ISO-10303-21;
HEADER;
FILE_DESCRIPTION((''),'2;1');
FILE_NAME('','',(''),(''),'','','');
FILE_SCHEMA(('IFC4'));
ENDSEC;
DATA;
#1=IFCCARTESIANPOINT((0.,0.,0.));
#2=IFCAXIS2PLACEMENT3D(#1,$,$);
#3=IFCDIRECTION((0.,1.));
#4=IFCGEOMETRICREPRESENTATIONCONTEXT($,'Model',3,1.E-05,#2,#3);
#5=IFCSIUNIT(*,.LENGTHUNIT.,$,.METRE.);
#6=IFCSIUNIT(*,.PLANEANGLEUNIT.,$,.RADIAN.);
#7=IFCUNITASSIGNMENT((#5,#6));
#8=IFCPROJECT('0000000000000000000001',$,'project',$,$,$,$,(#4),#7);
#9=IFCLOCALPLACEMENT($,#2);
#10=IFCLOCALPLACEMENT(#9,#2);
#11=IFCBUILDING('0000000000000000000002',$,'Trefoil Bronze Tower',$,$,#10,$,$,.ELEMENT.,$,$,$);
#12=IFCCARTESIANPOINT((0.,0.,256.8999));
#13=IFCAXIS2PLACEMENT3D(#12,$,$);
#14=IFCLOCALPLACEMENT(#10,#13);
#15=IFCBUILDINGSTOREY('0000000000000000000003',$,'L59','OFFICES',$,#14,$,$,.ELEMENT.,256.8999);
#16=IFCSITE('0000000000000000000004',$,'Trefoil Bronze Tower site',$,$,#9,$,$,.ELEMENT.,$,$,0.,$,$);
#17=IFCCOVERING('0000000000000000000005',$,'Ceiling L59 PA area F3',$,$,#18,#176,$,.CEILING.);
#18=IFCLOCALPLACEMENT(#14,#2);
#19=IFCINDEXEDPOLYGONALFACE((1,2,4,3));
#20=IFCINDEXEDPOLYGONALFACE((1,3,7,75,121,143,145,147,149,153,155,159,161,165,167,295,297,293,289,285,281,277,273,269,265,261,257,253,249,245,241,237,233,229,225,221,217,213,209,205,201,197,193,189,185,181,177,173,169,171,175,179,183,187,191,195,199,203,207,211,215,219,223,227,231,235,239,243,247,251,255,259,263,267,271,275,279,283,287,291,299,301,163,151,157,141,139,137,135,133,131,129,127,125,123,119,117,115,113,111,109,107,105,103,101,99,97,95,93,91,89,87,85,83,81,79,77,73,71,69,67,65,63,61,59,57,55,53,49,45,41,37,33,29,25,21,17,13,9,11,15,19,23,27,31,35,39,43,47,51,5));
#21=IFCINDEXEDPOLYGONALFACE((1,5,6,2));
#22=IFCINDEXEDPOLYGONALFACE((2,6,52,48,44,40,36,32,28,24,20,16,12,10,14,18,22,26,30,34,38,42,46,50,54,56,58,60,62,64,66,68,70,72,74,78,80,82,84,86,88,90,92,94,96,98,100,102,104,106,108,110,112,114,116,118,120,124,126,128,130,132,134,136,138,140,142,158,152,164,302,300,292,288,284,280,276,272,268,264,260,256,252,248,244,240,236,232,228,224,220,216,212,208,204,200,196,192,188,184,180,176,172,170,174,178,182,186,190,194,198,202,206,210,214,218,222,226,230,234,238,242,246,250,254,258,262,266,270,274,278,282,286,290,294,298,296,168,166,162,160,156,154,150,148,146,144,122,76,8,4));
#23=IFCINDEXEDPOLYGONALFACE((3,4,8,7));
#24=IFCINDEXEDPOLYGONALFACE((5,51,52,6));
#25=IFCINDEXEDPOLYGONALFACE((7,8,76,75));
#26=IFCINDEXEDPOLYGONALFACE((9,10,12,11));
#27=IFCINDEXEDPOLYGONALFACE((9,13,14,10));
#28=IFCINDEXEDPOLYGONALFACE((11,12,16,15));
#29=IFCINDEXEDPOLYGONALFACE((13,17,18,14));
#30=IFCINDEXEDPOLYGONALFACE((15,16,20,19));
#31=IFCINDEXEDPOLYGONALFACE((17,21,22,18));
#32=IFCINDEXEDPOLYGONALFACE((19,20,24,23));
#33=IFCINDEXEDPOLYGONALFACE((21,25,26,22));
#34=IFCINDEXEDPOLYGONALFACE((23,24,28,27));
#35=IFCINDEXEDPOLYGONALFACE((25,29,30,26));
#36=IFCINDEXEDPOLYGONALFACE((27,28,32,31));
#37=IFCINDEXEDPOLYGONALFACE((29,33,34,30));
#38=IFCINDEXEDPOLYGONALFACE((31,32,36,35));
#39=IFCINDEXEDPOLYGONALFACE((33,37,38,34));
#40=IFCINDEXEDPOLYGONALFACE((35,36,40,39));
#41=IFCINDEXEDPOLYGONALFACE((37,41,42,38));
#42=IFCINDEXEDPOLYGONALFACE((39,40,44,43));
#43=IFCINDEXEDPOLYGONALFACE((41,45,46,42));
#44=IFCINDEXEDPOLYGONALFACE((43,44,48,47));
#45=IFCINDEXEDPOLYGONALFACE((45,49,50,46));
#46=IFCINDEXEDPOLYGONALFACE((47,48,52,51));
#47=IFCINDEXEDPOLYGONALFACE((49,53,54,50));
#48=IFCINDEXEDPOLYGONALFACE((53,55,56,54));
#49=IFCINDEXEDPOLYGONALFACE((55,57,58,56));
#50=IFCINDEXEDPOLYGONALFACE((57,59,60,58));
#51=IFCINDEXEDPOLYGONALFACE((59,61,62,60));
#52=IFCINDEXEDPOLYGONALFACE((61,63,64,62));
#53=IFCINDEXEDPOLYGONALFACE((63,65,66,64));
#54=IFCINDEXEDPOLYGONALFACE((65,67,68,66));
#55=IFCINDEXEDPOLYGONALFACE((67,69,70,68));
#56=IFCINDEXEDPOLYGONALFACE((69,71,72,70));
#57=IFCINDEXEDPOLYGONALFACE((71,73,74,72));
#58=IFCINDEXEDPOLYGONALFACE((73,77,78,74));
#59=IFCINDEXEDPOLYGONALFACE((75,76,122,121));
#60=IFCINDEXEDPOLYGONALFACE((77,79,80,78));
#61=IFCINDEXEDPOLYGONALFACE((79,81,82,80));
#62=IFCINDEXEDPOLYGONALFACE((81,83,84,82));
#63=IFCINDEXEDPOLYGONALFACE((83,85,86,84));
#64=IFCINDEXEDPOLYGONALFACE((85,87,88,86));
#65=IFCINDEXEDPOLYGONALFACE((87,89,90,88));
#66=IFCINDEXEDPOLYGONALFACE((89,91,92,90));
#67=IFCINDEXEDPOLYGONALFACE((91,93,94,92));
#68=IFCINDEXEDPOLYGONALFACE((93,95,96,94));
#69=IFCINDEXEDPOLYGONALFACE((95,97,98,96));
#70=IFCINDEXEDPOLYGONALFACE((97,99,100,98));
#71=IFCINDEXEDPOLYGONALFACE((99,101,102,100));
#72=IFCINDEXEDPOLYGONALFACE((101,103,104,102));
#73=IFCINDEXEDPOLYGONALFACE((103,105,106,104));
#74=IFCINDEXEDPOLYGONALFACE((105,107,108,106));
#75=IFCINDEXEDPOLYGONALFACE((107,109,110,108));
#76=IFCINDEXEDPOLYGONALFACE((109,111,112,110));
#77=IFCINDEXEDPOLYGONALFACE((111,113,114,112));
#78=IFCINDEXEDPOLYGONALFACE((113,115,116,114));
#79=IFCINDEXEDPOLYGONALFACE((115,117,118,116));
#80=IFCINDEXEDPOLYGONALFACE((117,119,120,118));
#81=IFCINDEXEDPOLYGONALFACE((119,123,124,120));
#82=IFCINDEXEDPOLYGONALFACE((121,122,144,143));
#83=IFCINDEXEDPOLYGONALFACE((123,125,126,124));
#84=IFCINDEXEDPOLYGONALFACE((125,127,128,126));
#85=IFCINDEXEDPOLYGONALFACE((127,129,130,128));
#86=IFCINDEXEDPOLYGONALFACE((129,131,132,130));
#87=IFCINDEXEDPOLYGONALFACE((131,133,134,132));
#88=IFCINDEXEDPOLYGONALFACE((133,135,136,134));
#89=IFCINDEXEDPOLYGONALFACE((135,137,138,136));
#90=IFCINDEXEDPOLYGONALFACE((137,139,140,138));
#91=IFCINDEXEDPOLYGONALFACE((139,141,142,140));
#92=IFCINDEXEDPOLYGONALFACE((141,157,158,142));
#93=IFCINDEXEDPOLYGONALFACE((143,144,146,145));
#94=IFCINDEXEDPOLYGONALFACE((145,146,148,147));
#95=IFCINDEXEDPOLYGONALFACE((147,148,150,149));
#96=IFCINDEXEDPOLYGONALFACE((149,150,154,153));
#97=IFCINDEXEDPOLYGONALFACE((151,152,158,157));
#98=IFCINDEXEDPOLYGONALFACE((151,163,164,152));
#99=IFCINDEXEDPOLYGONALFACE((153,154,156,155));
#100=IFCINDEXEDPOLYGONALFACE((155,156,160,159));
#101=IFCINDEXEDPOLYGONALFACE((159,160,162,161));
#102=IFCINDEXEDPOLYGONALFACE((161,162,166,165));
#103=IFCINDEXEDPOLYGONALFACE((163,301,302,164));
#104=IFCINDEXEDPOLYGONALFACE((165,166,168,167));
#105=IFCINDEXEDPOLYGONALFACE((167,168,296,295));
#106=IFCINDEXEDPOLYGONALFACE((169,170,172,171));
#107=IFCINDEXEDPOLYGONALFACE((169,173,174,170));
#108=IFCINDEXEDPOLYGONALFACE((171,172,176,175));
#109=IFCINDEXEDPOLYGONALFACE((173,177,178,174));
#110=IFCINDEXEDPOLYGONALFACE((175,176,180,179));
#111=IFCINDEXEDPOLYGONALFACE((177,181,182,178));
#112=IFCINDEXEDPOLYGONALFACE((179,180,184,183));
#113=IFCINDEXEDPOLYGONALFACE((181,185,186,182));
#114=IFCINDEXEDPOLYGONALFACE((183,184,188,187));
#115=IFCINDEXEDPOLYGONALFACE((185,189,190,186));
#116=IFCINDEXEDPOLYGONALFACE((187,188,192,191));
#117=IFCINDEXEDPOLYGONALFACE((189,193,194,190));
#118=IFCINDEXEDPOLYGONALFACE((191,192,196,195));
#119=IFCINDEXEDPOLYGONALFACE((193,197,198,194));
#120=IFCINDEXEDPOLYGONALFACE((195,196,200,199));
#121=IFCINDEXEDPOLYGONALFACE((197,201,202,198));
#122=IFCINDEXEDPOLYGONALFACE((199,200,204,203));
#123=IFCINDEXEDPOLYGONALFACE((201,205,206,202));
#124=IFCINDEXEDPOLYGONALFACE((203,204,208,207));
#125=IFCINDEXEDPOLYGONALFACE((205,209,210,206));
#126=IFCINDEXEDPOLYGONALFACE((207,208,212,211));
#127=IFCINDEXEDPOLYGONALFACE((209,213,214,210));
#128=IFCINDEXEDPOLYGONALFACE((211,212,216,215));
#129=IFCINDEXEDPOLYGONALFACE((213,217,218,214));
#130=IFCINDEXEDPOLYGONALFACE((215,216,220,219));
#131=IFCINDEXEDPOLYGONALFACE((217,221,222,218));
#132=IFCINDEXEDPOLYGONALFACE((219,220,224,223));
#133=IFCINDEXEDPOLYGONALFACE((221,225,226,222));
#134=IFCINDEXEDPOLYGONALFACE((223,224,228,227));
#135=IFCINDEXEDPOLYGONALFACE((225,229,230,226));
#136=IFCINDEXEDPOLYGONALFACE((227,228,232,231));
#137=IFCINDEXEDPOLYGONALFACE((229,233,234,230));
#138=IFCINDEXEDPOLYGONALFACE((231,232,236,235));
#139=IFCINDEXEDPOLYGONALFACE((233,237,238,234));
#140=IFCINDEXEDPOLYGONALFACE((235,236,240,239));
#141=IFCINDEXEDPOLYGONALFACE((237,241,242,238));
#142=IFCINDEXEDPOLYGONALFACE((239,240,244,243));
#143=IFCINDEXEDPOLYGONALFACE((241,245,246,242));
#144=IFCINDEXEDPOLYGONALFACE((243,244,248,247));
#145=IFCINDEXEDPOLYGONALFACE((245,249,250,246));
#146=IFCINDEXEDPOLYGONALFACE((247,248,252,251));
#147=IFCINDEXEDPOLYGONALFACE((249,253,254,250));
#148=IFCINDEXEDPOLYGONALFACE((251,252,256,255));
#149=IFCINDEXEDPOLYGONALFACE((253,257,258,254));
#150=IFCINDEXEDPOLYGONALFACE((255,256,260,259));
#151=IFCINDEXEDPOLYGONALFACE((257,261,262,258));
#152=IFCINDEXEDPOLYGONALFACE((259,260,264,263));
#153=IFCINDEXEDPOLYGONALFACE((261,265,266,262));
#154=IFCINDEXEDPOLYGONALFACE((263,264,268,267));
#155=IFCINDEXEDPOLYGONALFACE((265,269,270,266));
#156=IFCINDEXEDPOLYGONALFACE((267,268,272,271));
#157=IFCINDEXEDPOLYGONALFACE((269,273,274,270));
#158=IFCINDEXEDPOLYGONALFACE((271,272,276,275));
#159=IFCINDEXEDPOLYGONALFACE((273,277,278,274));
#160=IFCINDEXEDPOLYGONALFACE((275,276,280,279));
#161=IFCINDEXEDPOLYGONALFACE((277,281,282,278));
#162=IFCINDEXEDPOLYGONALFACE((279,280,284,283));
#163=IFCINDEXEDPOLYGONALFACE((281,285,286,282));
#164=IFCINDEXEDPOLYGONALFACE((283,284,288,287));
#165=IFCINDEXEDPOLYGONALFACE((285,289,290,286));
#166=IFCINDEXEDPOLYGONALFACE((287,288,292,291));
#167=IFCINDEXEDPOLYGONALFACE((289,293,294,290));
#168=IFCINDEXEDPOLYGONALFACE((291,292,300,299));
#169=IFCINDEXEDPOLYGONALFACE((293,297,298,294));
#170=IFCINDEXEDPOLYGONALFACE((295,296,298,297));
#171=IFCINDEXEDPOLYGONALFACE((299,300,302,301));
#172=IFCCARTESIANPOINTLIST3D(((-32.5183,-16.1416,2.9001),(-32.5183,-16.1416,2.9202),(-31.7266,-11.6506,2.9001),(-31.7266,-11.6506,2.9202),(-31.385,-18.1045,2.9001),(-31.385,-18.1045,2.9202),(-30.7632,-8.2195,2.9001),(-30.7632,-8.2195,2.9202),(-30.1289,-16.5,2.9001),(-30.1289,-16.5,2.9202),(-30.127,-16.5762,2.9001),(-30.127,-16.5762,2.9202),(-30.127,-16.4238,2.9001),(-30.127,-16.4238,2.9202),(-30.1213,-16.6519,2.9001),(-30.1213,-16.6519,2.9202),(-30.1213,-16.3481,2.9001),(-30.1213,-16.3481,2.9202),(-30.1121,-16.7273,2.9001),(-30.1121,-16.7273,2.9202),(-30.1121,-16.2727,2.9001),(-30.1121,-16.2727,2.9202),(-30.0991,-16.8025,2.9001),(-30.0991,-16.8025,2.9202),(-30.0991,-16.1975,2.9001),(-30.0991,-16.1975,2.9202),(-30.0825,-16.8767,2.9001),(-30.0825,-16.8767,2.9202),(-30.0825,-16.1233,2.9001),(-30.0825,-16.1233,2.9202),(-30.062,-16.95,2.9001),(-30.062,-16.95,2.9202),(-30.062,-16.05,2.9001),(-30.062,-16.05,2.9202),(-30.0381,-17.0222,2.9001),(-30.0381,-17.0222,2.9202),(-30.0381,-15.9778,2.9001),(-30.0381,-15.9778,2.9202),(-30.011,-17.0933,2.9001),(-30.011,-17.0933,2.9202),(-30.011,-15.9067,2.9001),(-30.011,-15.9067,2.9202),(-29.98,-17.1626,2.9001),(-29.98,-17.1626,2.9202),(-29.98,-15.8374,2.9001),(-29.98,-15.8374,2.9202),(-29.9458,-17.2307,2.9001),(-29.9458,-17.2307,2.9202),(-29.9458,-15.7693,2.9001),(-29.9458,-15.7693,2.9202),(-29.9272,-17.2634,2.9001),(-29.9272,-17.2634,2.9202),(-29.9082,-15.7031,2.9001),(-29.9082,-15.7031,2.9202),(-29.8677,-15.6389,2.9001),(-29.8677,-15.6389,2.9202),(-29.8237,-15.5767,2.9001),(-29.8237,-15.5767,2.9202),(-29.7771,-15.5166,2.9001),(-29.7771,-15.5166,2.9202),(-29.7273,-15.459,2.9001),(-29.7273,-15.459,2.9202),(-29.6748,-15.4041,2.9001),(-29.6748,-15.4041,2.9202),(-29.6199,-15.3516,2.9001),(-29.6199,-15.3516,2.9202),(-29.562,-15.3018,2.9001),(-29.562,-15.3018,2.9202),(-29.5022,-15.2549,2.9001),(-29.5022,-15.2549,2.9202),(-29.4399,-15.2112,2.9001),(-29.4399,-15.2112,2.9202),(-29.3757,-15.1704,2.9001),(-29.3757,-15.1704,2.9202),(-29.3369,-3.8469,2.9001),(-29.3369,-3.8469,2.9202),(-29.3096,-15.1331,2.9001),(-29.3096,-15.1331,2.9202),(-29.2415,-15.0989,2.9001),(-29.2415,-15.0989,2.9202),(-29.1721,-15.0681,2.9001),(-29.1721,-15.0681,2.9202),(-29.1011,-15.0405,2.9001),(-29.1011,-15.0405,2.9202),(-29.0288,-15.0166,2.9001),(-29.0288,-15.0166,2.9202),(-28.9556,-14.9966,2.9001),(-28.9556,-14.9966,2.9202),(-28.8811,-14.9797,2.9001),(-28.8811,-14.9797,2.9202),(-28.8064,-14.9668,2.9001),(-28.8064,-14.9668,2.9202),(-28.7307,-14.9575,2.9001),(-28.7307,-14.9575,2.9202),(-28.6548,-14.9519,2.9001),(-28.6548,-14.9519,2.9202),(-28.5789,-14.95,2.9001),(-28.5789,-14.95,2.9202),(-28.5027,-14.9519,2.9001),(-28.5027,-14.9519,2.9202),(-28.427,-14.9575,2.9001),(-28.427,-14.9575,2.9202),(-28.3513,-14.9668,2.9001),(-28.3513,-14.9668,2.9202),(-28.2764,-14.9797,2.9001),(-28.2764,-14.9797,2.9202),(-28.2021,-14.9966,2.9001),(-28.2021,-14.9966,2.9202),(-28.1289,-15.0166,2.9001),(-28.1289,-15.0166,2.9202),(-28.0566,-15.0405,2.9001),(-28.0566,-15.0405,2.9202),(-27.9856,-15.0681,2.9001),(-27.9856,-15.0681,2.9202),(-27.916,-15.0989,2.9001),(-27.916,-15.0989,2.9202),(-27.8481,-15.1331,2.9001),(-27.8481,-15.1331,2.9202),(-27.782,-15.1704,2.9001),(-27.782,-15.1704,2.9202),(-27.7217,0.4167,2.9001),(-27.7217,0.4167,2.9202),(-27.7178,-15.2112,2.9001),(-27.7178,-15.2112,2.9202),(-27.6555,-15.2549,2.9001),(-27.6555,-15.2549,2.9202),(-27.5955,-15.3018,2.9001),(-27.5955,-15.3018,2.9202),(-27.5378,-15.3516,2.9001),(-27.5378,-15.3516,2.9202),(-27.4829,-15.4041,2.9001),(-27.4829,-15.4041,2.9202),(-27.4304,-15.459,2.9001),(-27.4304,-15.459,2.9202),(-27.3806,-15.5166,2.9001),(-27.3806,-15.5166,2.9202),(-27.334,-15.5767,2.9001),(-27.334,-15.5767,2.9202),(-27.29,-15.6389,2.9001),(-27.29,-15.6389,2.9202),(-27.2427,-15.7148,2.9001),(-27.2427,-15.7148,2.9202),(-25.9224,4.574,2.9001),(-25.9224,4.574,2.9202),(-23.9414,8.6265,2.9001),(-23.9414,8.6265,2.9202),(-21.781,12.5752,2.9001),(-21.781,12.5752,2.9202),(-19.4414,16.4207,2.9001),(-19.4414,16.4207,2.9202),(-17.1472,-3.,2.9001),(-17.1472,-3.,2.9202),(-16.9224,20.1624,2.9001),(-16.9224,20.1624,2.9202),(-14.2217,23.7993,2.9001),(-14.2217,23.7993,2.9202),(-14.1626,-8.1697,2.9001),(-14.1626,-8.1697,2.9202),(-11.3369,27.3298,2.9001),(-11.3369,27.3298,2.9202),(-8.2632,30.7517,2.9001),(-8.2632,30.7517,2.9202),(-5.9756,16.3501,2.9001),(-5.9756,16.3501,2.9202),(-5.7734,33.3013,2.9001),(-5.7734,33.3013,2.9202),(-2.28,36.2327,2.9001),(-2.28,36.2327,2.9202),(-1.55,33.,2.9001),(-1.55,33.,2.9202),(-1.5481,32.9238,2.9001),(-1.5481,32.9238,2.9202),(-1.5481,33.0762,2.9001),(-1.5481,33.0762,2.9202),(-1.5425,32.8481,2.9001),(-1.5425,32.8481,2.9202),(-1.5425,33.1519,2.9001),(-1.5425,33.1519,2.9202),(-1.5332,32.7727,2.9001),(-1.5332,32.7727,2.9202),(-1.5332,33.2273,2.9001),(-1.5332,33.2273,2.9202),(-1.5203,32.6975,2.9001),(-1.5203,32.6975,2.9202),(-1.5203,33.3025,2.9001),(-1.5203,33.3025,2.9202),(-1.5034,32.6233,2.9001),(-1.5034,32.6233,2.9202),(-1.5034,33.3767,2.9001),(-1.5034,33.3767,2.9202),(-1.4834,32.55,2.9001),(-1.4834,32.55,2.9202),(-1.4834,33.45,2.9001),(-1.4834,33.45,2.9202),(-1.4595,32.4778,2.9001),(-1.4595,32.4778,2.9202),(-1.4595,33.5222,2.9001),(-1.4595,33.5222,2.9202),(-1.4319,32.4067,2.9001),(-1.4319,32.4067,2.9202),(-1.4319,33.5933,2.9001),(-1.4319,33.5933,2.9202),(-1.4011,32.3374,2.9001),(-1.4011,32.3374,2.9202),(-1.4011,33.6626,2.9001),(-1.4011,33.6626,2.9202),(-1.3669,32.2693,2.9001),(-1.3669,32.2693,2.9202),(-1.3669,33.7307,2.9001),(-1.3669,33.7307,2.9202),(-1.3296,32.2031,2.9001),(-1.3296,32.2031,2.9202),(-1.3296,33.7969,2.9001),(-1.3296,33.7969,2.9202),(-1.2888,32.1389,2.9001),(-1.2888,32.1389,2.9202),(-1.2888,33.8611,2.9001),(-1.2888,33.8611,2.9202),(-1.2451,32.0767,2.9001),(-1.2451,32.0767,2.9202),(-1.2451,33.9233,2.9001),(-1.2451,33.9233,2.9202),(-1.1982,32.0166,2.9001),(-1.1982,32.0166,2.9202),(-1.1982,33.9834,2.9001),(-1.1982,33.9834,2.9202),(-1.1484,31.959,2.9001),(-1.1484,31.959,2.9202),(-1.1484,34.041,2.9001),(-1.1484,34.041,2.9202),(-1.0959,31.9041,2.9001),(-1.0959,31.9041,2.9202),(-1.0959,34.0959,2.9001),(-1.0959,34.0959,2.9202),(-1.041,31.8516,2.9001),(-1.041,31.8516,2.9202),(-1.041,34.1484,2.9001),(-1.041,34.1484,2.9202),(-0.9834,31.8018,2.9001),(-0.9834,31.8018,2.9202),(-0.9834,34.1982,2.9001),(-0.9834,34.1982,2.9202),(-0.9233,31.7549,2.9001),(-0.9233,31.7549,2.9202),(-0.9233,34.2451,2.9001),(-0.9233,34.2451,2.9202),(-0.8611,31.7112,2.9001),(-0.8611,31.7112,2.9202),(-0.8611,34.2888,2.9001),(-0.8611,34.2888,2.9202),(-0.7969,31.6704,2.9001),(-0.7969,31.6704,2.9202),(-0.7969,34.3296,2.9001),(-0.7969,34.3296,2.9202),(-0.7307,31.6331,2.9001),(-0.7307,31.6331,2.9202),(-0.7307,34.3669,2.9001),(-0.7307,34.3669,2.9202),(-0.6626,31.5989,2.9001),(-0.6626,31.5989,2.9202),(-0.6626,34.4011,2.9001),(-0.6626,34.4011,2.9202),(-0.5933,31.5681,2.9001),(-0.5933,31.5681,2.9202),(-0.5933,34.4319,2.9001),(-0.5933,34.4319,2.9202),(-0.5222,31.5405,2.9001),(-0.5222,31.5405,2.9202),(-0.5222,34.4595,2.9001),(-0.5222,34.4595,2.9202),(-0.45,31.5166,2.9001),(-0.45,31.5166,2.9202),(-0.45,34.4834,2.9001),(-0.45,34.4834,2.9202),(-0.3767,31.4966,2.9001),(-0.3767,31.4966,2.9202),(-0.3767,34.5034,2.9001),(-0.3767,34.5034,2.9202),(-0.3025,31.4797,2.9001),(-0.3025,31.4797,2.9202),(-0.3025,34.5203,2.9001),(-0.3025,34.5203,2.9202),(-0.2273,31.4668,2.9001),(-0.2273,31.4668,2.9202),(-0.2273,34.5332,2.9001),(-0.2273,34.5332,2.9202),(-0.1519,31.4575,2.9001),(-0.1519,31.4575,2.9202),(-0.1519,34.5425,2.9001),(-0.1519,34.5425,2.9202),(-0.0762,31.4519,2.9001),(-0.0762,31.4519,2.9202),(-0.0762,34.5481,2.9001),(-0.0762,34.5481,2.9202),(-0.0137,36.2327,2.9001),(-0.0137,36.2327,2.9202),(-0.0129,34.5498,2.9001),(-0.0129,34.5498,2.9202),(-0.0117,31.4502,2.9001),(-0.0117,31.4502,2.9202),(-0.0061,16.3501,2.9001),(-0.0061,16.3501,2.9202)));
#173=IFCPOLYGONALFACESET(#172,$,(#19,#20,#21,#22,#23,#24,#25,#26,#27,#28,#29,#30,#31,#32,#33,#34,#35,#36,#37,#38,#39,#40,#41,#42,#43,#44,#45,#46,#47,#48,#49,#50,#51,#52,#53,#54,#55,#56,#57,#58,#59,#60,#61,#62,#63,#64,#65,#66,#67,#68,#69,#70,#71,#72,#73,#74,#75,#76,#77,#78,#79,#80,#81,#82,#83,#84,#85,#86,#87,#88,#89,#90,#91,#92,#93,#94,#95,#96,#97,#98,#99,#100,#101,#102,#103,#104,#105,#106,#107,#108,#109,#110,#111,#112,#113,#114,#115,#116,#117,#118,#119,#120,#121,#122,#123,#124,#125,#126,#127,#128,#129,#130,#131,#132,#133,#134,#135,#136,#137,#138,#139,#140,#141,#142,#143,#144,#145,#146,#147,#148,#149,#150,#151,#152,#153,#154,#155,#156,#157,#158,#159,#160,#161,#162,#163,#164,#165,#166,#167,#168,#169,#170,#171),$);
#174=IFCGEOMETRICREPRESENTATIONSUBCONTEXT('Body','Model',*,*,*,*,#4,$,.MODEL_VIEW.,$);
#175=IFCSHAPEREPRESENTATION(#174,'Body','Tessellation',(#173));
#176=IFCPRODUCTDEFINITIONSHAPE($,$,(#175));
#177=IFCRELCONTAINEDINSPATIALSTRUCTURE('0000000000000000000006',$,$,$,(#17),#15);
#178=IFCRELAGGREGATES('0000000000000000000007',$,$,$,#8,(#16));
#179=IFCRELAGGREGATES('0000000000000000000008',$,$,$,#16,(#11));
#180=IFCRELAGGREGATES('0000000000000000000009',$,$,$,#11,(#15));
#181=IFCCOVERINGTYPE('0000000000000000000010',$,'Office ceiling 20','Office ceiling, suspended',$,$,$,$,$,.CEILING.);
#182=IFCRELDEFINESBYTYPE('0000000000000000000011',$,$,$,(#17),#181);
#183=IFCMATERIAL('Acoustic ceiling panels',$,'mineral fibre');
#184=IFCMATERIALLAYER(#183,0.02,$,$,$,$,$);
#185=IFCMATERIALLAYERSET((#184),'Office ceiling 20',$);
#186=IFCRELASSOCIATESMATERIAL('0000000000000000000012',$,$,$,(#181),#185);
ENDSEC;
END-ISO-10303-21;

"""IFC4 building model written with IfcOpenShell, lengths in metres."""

from ifc_helpers import new_model, si_unit, direction, frame, origin, place, context, subcontext, project, spatial, polyline, outline, extrude, material, layer, layer_set, type_object, element, save


model = new_model("IFC4")

# Units and contexts
model_context = context("Model", 3, precision=1e-05, world=origin(), true_north=direction((0.0, 1.0)))
body_context = subcontext(model_context, "Body", "Model", "MODEL_VIEW")
ifc_project = project(units=[si_unit("LENGTHUNIT", "METRE"), si_unit("PLANEANGLEUNIT", "RADIAN")], contexts=[model_context])

# Site, building, storey
site_placement = place(None, origin())
site = spatial("IfcSite", under=ifc_project, at=site_placement, Name="Trefoil Bronze Tower site", CompositionType="ELEMENT", RefElevation=0.0)
building_placement = place(site_placement, origin())
building = spatial("IfcBuilding", under=site, at=building_placement, Name="Trefoil Bronze Tower", CompositionType="ELEMENT")
storey_placement = place(building_placement, frame((0.0, 0.0, 256.8999)))
storey = spatial("IfcBuildingStorey", under=building, at=storey_placement, Name="L59", Description="OFFICES", CompositionType="ELEMENT", Elevation=256.8999)

# Covering
ifc_material_1 = material(Name="Acoustic ceiling panels", Category="mineral fibre")
ifc_layer_1 = layer(ifc_material_1, 0.02)
ifc_layer_set_1 = layer_set([ifc_layer_1], Name="Office ceiling 20")
covering_type_1 = type_object("IfcCoveringType", Name="Office ceiling 20", Description="Office ceiling, suspended", PredefinedType="CEILING", material=ifc_layer_set_1)
covering_1_placement = place(storey_placement, frame((0.0, 0.0, 2.9001)))
element("IfcCovering", 1, at=covering_1_placement, inside=storey, type_object=covering_type_1, Name="Ceiling L59 PA area F3", PredefinedType="CEILING", context=body_context, shape_type="SweptSolid", body=[
    extrude(outline(polyline([(-30.7632, -8.2195), (-29.3369, -3.8469), (-27.7217, 0.4167), (-25.9224, 4.574), (-23.9414, 8.6265), (-21.781, 12.5752), (-19.4414, 16.4207), (-16.9224, 20.1624), (-14.2217, 23.7993), (-11.3369, 27.3298), (-8.2632, 30.7517), (-5.7734, 33.3013), (-2.28, 36.2327), (-0.0137, 36.2327), (-0.0129, 34.5498), (-0.0762, 34.5481), (-0.1519, 34.5425), (-0.2273, 34.5332), (-0.3025, 34.5203), (-0.3767, 34.5034), (-0.45, 34.4834), (-0.5222, 34.4595), (-0.5933, 34.4319), (-0.6626, 34.4011), (-0.7307, 34.3669), (-0.7969, 34.3296), (-0.8611, 34.2888), (-0.9233, 34.2451), (-0.9834, 34.1982), (-1.041, 34.1484), (-1.0959, 34.0959), (-1.1484, 34.041), (-1.1982, 33.9834), (-1.2451, 33.9233), (-1.2888, 33.8611), (-1.3296, 33.7969), (-1.3669, 33.7307), (-1.4011, 33.6626), (-1.4319, 33.5933), (-1.4595, 33.5222), (-1.4834, 33.45), (-1.5034, 33.3767), (-1.5203, 33.3025), (-1.5332, 33.2273), (-1.5425, 33.1519), (-1.5481, 33.0762), (-1.55, 33.0), (-1.5481, 32.9238), (-1.5425, 32.8481), (-1.5332, 32.7727), (-1.5203, 32.6975), (-1.5034, 32.6233), (-1.4834, 32.55), (-1.4595, 32.4778), (-1.4319, 32.4067), (-1.4011, 32.3374), (-1.3669, 32.2693), (-1.3296, 32.2031), (-1.2888, 32.1389), (-1.2451, 32.0767), (-1.1982, 32.0166), (-1.1484, 31.959), (-1.0959, 31.9041), (-1.041, 31.8516), (-0.9834, 31.8018), (-0.9233, 31.7549), (-0.8611, 31.7112), (-0.7969, 31.6704), (-0.7307, 31.6331), (-0.6626, 31.5989), (-0.5933, 31.5681), (-0.5222, 31.5405), (-0.45, 31.5166), (-0.3767, 31.4966), (-0.3025, 31.4797), (-0.2273, 31.4668), (-0.1519, 31.4575), (-0.0762, 31.4519), (-0.0117, 31.4502), (-0.0061, 16.3501), (-5.9756, 16.3501), (-17.1472, -3.0), (-14.1626, -8.1697), (-27.2427, -15.7148), (-27.29, -15.6389), (-27.334, -15.5767), (-27.3806, -15.5166), (-27.4304, -15.459), (-27.4829, -15.4041), (-27.5378, -15.3516), (-27.5955, -15.3018), (-27.6555, -15.2549), (-27.7178, -15.2112), (-27.782, -15.1704), (-27.8481, -15.1331), (-27.916, -15.0989), (-27.9856, -15.0681), (-28.0566, -15.0405), (-28.1289, -15.0166), (-28.2021, -14.9966), (-28.2764, -14.9797), (-28.3513, -14.9668), (-28.427, -14.9575), (-28.5027, -14.9519), (-28.5789, -14.95), (-28.6548, -14.9519), (-28.7307, -14.9575), (-28.8064, -14.9668), (-28.8811, -14.9797), (-28.9556, -14.9966), (-29.0288, -15.0166), (-29.1011, -15.0405), (-29.1721, -15.0681), (-29.2415, -15.0989), (-29.3096, -15.1331), (-29.3757, -15.1704), (-29.4399, -15.2112), (-29.5022, -15.2549), (-29.562, -15.3018), (-29.6199, -15.3516), (-29.6748, -15.4041), (-29.7273, -15.459), (-29.7771, -15.5166), (-29.8237, -15.5767), (-29.8677, -15.6389), (-29.9082, -15.7031), (-29.9458, -15.7693), (-29.98, -15.8374), (-30.011, -15.9067), (-30.0381, -15.9778), (-30.062, -16.05), (-30.0825, -16.1233), (-30.0991, -16.1975), (-30.1121, -16.2727), (-30.1213, -16.3481), (-30.127, -16.4238), (-30.1289, -16.5), (-30.127, -16.5762), (-30.1213, -16.6519), (-30.1121, -16.7273), (-30.0991, -16.8025), (-30.0825, -16.8767), (-30.062, -16.95), (-30.0381, -17.0222), (-30.011, -17.0933), (-29.98, -17.1626), (-29.9458, -17.2307), (-29.9272, -17.2634), (-31.385, -18.1045), (-32.5183, -16.1416), (-31.7266, -11.6506), (-30.7632, -8.2195)])), origin(), (0.0, 0.0, 1.0), 0.02),
])

save(model, "model.ifc")
